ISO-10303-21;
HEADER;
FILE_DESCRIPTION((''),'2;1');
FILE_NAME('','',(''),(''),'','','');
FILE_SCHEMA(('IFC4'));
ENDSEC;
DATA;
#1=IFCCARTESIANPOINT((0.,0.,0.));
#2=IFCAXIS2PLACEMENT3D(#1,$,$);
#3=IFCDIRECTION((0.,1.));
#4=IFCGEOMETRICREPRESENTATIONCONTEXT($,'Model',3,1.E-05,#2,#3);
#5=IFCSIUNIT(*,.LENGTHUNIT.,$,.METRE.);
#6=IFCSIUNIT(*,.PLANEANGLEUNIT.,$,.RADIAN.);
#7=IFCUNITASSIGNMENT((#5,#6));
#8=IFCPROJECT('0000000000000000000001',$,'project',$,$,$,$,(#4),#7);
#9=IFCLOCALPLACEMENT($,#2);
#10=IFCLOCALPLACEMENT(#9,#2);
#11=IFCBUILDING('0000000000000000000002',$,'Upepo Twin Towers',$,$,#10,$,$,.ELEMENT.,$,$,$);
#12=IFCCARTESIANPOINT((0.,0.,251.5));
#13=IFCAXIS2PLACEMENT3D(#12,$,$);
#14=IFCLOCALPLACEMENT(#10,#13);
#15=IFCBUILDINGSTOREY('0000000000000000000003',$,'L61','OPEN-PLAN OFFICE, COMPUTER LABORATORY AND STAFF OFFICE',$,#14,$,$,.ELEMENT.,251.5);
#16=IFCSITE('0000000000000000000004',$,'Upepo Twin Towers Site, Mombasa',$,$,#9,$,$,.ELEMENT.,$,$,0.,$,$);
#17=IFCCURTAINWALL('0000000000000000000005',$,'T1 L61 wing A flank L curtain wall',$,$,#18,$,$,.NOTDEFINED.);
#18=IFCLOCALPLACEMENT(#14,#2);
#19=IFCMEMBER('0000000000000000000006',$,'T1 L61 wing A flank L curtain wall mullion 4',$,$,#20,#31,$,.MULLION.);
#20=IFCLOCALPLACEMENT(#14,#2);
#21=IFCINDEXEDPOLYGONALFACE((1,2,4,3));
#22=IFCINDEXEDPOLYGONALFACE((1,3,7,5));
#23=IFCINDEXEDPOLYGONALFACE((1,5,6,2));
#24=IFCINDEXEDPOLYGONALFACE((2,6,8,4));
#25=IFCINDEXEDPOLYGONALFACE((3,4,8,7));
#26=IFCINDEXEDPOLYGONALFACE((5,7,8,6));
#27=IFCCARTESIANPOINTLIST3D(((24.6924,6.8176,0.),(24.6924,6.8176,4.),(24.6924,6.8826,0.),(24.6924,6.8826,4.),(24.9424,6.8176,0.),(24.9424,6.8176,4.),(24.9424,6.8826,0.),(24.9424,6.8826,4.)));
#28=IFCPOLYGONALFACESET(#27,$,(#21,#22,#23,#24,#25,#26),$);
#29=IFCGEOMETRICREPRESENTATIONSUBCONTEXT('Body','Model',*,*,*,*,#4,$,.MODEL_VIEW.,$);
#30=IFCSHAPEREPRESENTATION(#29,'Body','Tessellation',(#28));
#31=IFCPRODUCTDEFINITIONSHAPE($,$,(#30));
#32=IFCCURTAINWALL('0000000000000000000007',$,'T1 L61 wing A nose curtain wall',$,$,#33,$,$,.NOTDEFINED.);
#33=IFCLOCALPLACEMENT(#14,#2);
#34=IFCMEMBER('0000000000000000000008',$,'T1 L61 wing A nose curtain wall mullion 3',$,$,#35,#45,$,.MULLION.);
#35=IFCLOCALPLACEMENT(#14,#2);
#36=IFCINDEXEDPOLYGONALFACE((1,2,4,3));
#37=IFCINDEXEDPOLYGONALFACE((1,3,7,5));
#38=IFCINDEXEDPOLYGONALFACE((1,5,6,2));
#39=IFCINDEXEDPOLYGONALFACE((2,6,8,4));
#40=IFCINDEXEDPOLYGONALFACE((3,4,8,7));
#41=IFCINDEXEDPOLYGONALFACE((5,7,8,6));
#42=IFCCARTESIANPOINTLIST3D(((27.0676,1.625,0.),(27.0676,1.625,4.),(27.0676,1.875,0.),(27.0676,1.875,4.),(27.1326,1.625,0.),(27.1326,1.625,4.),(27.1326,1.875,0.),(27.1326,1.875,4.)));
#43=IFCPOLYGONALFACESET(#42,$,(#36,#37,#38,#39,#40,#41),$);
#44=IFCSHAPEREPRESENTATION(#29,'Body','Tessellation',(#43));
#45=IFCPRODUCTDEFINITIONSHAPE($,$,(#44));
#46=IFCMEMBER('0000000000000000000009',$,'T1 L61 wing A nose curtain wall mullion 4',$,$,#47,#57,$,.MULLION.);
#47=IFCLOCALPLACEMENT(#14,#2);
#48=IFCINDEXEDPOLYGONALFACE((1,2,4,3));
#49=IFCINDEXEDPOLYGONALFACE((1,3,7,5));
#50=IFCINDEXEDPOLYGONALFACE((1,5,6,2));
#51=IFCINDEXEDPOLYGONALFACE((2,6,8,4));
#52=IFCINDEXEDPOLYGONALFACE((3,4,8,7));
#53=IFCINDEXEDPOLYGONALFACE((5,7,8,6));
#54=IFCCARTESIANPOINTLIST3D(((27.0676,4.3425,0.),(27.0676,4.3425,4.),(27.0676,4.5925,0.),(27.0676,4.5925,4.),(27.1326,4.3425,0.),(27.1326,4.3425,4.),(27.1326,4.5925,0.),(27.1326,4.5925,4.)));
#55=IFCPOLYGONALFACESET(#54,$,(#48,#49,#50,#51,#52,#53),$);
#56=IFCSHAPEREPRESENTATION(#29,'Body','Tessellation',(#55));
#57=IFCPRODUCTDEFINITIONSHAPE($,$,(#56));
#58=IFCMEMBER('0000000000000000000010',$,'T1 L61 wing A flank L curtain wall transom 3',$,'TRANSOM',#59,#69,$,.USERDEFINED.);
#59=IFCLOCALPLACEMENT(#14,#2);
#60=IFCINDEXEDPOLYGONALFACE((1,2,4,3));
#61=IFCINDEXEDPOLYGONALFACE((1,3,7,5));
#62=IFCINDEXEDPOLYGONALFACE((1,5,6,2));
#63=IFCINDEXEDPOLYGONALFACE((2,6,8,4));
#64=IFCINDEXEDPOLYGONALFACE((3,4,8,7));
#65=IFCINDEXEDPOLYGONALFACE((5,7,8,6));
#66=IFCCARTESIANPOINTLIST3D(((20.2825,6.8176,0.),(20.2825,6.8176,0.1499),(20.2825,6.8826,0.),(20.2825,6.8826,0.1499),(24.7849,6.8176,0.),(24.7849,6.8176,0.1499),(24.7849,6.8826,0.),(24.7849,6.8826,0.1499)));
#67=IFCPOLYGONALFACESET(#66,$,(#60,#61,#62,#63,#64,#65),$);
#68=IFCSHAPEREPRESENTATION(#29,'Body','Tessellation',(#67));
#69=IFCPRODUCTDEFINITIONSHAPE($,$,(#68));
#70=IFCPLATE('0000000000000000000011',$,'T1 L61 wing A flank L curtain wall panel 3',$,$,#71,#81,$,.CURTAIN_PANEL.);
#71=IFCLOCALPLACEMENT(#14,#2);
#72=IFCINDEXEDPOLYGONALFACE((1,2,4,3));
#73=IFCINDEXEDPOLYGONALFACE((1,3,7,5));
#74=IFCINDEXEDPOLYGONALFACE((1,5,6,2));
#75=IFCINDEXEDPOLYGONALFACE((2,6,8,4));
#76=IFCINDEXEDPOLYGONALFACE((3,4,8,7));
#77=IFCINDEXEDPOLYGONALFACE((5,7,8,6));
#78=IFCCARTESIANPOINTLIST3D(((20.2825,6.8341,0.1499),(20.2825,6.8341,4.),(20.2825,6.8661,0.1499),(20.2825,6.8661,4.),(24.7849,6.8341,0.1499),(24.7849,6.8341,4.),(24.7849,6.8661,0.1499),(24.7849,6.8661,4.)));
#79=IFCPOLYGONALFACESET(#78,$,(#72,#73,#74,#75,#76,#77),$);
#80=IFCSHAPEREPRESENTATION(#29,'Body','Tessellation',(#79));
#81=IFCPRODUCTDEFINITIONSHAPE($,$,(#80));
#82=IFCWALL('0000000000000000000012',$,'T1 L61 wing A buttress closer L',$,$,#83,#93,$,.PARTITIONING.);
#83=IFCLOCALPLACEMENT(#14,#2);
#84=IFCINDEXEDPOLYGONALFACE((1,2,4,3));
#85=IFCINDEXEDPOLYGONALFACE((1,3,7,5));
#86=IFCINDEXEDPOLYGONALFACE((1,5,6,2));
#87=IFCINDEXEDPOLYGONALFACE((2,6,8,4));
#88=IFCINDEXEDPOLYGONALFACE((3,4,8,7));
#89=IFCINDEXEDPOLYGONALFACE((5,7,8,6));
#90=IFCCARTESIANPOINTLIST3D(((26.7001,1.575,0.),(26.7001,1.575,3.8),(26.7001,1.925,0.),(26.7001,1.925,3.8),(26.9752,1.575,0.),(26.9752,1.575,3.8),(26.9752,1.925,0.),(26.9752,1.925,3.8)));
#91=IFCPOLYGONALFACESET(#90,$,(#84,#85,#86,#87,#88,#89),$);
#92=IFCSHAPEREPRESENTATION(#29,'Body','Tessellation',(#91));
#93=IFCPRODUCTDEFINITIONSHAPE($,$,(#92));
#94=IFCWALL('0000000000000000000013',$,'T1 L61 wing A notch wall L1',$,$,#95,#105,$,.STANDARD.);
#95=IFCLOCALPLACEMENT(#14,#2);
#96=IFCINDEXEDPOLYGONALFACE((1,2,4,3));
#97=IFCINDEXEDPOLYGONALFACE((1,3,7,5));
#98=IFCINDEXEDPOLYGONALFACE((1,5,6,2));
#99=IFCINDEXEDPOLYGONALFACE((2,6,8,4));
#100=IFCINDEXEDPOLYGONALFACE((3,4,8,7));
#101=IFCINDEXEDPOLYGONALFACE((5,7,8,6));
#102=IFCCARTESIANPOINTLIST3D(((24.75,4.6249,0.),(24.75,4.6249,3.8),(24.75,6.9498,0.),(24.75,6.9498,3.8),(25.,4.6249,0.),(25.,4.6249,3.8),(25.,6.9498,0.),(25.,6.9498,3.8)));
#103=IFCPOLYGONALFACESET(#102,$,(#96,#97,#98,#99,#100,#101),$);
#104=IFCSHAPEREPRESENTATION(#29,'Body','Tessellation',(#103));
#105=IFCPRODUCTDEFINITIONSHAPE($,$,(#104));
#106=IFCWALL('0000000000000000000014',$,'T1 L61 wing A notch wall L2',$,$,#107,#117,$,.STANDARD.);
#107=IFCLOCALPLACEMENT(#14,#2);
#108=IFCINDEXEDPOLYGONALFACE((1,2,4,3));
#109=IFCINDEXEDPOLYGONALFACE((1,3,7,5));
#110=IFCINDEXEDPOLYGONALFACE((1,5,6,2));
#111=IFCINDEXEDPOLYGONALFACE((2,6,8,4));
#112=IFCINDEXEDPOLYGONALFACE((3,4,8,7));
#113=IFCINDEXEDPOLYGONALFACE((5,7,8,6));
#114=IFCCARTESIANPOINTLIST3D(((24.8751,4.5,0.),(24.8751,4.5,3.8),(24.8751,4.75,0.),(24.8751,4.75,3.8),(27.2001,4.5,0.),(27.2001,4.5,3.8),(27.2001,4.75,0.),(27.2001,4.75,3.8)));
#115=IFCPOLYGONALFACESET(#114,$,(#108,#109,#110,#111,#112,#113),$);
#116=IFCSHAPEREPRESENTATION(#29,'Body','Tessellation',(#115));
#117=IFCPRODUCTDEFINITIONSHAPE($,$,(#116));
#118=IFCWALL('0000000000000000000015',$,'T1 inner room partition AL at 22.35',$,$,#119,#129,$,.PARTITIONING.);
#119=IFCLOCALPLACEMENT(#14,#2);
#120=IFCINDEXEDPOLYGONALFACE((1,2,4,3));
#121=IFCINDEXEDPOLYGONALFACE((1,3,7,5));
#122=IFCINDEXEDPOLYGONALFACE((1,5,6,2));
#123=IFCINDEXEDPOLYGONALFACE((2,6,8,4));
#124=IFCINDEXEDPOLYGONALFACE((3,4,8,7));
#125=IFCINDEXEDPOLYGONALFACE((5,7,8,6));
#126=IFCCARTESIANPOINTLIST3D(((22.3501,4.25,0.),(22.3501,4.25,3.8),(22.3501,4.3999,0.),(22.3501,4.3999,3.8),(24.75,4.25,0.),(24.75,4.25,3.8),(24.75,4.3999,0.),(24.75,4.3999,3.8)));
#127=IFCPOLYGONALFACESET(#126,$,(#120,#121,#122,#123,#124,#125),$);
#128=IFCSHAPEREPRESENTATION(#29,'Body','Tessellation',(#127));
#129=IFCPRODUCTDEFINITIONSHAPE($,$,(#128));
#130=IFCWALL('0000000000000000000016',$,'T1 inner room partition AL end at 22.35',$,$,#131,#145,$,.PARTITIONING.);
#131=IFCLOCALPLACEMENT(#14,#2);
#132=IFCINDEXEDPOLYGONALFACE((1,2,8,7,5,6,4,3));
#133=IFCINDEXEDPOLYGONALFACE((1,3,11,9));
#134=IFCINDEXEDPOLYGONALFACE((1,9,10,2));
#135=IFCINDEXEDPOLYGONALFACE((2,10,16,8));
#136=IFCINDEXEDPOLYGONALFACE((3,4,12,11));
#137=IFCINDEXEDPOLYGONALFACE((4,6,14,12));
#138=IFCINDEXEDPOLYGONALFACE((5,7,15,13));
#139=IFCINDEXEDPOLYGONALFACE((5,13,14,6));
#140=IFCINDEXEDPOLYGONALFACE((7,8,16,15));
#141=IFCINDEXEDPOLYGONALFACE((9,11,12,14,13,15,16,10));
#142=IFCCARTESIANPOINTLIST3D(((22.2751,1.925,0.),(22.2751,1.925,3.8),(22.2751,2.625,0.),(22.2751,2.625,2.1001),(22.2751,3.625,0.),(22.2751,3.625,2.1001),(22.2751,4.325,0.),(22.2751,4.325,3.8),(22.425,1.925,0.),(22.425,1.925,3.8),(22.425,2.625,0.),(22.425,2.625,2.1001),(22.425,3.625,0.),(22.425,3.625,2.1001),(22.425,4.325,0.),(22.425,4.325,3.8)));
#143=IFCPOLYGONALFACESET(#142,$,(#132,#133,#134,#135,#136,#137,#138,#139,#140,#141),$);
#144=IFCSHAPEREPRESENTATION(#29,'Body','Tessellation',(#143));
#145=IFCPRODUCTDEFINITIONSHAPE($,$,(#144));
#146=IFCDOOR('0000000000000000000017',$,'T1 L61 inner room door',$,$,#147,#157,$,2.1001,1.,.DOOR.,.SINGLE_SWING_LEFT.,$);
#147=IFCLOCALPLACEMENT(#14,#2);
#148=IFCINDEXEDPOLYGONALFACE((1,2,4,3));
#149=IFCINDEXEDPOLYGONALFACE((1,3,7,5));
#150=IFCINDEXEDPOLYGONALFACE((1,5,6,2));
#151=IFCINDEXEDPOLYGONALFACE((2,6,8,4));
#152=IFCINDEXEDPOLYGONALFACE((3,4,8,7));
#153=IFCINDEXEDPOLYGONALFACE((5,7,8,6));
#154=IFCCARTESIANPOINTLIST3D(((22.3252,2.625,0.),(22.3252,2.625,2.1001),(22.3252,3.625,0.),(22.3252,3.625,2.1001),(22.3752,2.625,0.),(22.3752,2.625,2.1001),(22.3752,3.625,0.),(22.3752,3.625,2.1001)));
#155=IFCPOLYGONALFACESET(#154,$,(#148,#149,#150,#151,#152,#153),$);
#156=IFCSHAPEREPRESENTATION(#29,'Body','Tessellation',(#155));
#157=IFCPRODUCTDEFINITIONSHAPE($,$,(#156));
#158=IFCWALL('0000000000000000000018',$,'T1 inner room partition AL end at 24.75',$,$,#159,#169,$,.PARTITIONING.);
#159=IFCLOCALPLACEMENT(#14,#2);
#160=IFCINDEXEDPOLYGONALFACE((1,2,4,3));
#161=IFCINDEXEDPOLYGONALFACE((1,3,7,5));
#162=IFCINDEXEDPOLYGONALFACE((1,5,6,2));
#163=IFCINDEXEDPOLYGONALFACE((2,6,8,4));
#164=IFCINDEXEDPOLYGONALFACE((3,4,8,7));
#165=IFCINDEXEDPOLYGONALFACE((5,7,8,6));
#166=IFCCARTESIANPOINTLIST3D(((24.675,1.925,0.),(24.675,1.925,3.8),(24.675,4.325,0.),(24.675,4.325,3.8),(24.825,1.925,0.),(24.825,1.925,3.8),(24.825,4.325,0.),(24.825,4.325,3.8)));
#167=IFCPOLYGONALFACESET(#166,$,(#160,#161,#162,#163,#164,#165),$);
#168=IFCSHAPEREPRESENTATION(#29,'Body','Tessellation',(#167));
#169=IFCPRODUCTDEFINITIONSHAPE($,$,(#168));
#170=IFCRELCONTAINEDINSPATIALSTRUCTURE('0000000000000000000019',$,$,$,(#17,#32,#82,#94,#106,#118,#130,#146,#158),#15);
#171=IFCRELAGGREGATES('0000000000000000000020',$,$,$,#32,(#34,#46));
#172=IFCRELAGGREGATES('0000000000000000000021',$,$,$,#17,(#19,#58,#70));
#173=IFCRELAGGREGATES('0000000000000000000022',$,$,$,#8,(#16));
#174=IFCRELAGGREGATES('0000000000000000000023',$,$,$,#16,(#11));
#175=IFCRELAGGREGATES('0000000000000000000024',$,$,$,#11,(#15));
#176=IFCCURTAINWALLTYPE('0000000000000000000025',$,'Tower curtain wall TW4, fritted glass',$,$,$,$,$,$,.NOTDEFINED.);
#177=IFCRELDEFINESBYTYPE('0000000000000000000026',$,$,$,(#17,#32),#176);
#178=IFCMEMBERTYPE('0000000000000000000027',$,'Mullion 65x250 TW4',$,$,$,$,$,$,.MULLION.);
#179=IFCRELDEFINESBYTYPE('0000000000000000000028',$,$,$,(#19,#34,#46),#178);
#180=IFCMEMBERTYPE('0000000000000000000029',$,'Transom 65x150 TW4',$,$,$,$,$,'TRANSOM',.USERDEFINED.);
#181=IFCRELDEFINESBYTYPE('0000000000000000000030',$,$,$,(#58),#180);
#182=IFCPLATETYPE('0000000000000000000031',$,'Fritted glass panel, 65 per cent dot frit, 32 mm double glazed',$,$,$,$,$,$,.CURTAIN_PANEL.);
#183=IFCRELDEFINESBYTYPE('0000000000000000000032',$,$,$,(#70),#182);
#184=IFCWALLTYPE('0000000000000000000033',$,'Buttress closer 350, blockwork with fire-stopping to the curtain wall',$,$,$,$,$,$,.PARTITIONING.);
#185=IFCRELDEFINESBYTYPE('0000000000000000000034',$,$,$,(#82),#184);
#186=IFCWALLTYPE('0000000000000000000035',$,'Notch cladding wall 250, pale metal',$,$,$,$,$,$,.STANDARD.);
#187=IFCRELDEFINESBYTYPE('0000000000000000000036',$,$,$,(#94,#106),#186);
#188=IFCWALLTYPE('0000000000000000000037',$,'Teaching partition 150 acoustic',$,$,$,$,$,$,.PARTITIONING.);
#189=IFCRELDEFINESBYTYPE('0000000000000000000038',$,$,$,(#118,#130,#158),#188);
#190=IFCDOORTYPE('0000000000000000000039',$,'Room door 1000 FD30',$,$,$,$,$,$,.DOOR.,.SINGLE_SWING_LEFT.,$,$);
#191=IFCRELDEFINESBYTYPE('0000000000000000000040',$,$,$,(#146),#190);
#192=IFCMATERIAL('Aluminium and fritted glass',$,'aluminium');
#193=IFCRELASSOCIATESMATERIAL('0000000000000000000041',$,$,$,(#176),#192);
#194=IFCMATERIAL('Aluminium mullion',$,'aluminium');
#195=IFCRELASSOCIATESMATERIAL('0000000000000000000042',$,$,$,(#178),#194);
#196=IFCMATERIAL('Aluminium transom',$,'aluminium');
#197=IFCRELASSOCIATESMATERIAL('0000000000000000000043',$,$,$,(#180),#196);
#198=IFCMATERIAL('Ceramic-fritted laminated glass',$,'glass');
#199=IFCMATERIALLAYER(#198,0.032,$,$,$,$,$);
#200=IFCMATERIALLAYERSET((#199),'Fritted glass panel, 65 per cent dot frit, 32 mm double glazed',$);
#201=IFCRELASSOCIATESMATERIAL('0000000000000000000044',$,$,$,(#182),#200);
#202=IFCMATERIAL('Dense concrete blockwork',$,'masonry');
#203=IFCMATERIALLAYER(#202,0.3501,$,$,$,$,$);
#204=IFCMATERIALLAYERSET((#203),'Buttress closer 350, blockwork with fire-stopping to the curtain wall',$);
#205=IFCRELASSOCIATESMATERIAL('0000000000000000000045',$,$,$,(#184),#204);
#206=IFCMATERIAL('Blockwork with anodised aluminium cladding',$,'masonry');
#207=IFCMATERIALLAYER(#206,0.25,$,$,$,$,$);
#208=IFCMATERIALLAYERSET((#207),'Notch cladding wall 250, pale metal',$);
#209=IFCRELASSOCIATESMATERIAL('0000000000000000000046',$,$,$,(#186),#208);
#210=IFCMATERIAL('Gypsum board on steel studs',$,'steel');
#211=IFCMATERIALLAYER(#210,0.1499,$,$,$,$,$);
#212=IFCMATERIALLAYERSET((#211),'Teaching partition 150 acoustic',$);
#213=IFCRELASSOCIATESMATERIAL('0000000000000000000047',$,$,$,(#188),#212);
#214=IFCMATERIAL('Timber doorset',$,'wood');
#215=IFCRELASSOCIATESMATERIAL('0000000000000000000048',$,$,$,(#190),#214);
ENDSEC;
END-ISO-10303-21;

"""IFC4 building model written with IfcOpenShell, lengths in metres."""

from ifc_helpers import new_model, si_unit, direction, frame, frame_2d, origin, origin_2d, place, context, subcontext, project, spatial, rectangle, extrude, material, layer, layer_set, material_profile, profile_set, type_object, element, fill, aggregate, save


model = new_model("IFC4")

# Units and contexts
model_context = context("Model", 3, precision=1e-05, world=origin(), true_north=direction((0.0, 1.0)))
body_context = subcontext(model_context, "Body", "Model", "MODEL_VIEW")
ifc_project = project(units=[si_unit("LENGTHUNIT", "METRE"), si_unit("PLANEANGLEUNIT", "RADIAN")], contexts=[model_context])

# Site, building, storey
site_placement = place(None, origin())
site = spatial("IfcSite", under=ifc_project, at=site_placement, Name="Upepo Twin Towers Site, Mombasa", CompositionType="ELEMENT", RefElevation=0.0)
building_placement = place(site_placement, origin())
building = spatial("IfcBuilding", under=site, at=building_placement, Name="Upepo Twin Towers", CompositionType="ELEMENT")
storey_placement = place(building_placement, frame((0.0, 0.0, 251.5)))
storey = spatial("IfcBuildingStorey", under=building, at=storey_placement, Name="L61", Description="OPEN-PLAN OFFICE, COMPUTER LABORATORY AND STAFF OFFICE", CompositionType="ELEMENT", Elevation=251.5)

# Curtain walls, members
ifc_material_1 = material(Name="Aluminium and fritted glass", Category="aluminium")
curtain_wall_type = type_object("IfcCurtainWallType", Name="Tower curtain wall TW4, fritted glass", PredefinedType="NOTDEFINED", material=ifc_material_1)
curtain_wall_1_placement = place(storey_placement, origin())
curtain_wall_1 = element("IfcCurtainWall", 1, at=curtain_wall_1_placement, inside=storey, type_object=curtain_wall_type, Name="T1 L61 wing A flank L curtain wall", PredefinedType="NOTDEFINED")
ifc_material_2 = material(Name="Aluminium mullion", Category="aluminium")
ifc_material_profile_1 = material_profile(ifc_material_2, rectangle(XDim=0.0649, YDim=0.25, at=origin_2d()), Name="MULLION 65x250")
ifc_profile_set_1 = profile_set([ifc_material_profile_1], Name="Aluminium mullion")
member_type_1 = type_object("IfcMemberType", Name="Mullion 65x250 TW4", PredefinedType="MULLION", material=ifc_profile_set_1)
member_1_placement = place(storey_placement, frame((24.8174, 6.8501, 0.0), z_axis=(0.0, 0.0, 1.0), x_axis=(0.0, 1.0, 0.0)))
member_1 = element("IfcMember", 2, at=member_1_placement, type_object=member_type_1, Name="T1 L61 wing A flank L curtain wall mullion 4", PredefinedType="MULLION", context=body_context, shape_type="SweptSolid", body=[
    extrude(rectangle(XDim=0.0649, YDim=0.25, at=origin_2d()), origin(), (0.0, 0.0, 1.0), 4.0),
])
curtain_wall_2_placement = place(storey_placement, origin())
curtain_wall_2 = element("IfcCurtainWall", 3, at=curtain_wall_2_placement, inside=storey, type_object=curtain_wall_type, Name="T1 L61 wing A nose curtain wall", PredefinedType="NOTDEFINED")
member_2_placement = place(storey_placement, frame((27.1001, 1.75, 0.0), z_axis=(0.0, 0.0, 1.0), x_axis=(-1.0, 0.0, 0.0)))
member_2 = element("IfcMember", 4, at=member_2_placement, type_object=member_type_1, Name="T1 L61 wing A nose curtain wall mullion 3", PredefinedType="MULLION", context=body_context, shape_type="SweptSolid", body=[
    extrude(rectangle(XDim=0.0649, YDim=0.25, at=origin_2d()), origin(), (0.0, 0.0, 1.0), 4.0),
])
member_3_placement = place(storey_placement, frame((27.1001, 4.4675, 0.0), z_axis=(0.0, 0.0, 1.0), x_axis=(-1.0, 0.0, 0.0)))
member_3 = element("IfcMember", 5, at=member_3_placement, type_object=member_type_1, Name="T1 L61 wing A nose curtain wall mullion 4", PredefinedType="MULLION", context=body_context, shape_type="SweptSolid", body=[
    extrude(rectangle(XDim=0.0649, YDim=0.25, at=origin_2d()), origin(), (0.0, 0.0, 1.0), 4.0),
])
aggregate(curtain_wall_2, [member_2, member_3])

# Member
ifc_material_3 = material(Name="Aluminium transom", Category="aluminium")
ifc_material_profile_2 = material_profile(ifc_material_3, rectangle(XDim=0.0649, YDim=0.1499, at=origin_2d()), Name="TRANSOM 65x150")
ifc_profile_set_2 = profile_set([ifc_material_profile_2], Name="Aluminium transom")
member_type_2 = type_object("IfcMemberType", Name="Transom 65x150 TW4", ElementType="TRANSOM", PredefinedType="USERDEFINED", material=ifc_profile_set_2)
member_4_placement = place(storey_placement, frame((20.2825, 6.8501, 0.075), z_axis=(1.0, 0.0, 0.0), x_axis=(0.0, 1.0, 0.0)))
member_4 = element("IfcMember", 6, at=member_4_placement, type_object=member_type_2, Name="T1 L61 wing A flank L curtain wall transom 3", ObjectType="TRANSOM", PredefinedType="USERDEFINED", context=body_context, shape_type="SweptSolid", body=[
    extrude(rectangle(XDim=0.0649, YDim=0.1499, at=origin_2d()), origin(), (0.0, 0.0, 1.0), 4.5024),
])

# Plate
ifc_material_4 = material(Name="Ceramic-fritted laminated glass", Category="glass")
ifc_layer_1 = layer(ifc_material_4, 0.032)
ifc_layer_set_1 = layer_set([ifc_layer_1], Name="Fritted glass panel, 65 per cent dot frit, 32 mm double glazed")
plate_type = type_object("IfcPlateType", Name="Fritted glass panel, 65 per cent dot frit, 32 mm double glazed", PredefinedType="CURTAIN_PANEL", material=ifc_layer_set_1)
plate_placement = place(storey_placement, frame((22.5337, 6.8501, 0.1499), z_axis=(0.0, 0.0, 1.0), x_axis=(1.0, 0.0, 0.0)))
plate = element("IfcPlate", 7, at=plate_placement, type_object=plate_type, Name="T1 L61 wing A flank L curtain wall panel 3", PredefinedType="CURTAIN_PANEL", context=body_context, shape_type="SweptSolid", body=[
    extrude(rectangle(XDim=4.5024, YDim=0.032, at=origin_2d()), origin(), (0.0, 0.0, 1.0), 3.8501),
])
aggregate(curtain_wall_1, [member_1, member_4, plate])

# Walls
ifc_material_5 = material(Name="Dense concrete blockwork", Category="masonry")
ifc_layer_2 = layer(ifc_material_5, 0.3501)
ifc_layer_set_2 = layer_set([ifc_layer_2], Name="Buttress closer 350, blockwork with fire-stopping to the curtain wall")
wall_type_1 = type_object("IfcWallType", Name="Buttress closer 350, blockwork with fire-stopping to the curtain wall", PredefinedType="PARTITIONING", material=ifc_layer_set_2)
wall_1_placement = place(storey_placement, frame((26.7, 1.75, 0.0), z_axis=(0.0, 0.0, 1.0), x_axis=(1.0, 0.0, 0.0)))
element("IfcWall", 8, at=wall_1_placement, inside=storey, type_object=wall_type_1, Name="T1 L61 wing A buttress closer L", PredefinedType="PARTITIONING", context=body_context, shape_type="SweptSolid", body=[
    extrude(rectangle(XDim=0.2751, YDim=0.3501, at=frame_2d((0.1377, 0.0))), origin(), (0.0, 0.0, 1.0), 3.8),
])
ifc_material_6 = material(Name="Blockwork with anodised aluminium cladding", Category="masonry")
ifc_layer_3 = layer(ifc_material_6, 0.25)
ifc_layer_set_3 = layer_set([ifc_layer_3], Name="Notch cladding wall 250, pale metal")
wall_type_2 = type_object("IfcWallType", Name="Notch cladding wall 250, pale metal", PredefinedType="STANDARD", material=ifc_layer_set_3)
for number, where, z_axis, x_axis, name in (
    (9, (24.875, 6.95, 0.0), (0.0, 0.0, 1.0), (0.0, -1.0, 0.0), "T1 L61 wing A notch wall L1"),
    (10, (24.875, 4.625, 0.0), (0.0, 0.0, 1.0), (1.0, 0.0, 0.0), "T1 L61 wing A notch wall L2"),
):
    element("IfcWall", number, at=place(storey_placement, frame(where, z_axis=z_axis, x_axis=x_axis)), inside=storey, type_object=wall_type_2, Name=name, PredefinedType="STANDARD", context=body_context, shape_type="SweptSolid", body=[
        extrude(rectangle(XDim=2.325, YDim=0.25, at=frame_2d((1.1626, 0.0))), origin(), (0.0, 0.0, 1.0), 3.8),
    ])
ifc_material_7 = material(Name="Gypsum board on steel studs", Category="steel")
ifc_layer_4 = layer(ifc_material_7, 0.1499)
ifc_layer_set_4 = layer_set([ifc_layer_4], Name="Teaching partition 150 acoustic")
wall_type_3 = type_object("IfcWallType", Name="Teaching partition 150 acoustic", PredefinedType="PARTITIONING", material=ifc_layer_set_4)
wall_2_placement = place(storey_placement, frame((22.3501, 4.325, 0.0), z_axis=(0.0, 0.0, 1.0), x_axis=(1.0, 0.0, 0.0)))
element("IfcWall", 11, at=wall_2_placement, inside=storey, type_object=wall_type_3, Name="T1 inner room partition AL at 22.35", PredefinedType="PARTITIONING", context=body_context, shape_type="SweptSolid", body=[
    extrude(rectangle(XDim=2.3999, YDim=0.1499, at=frame_2d((1.2, 0.0))), origin(), (0.0, 0.0, 1.0), 3.8),
])

# Wall, opening, door
wall_3_placement = place(storey_placement, frame((22.3501, 1.925, 0.0), z_axis=(0.0, 0.0, 1.0), x_axis=(0.0, 1.0, 0.0)))
wall_3 = element("IfcWall", 12, at=wall_3_placement, inside=storey, type_object=wall_type_3, Name="T1 inner room partition AL end at 22.35", PredefinedType="PARTITIONING", context=body_context, shape_type="SweptSolid", body=[
    extrude(rectangle(XDim=2.3999, YDim=0.1499, at=frame_2d((1.2, 0.0))), origin(), (0.0, 0.0, 1.0), 3.8),
])
opening_1_placement = place(wall_3_placement, frame((0.7, 0.0, 0.0)))
opening_1 = element("IfcOpeningElement", 13, at=opening_1_placement, cuts=wall_3, PredefinedType="OPENING", context=body_context, shape_type="SweptSolid", body=[
    extrude(rectangle(XDim=1.0, YDim=2.1001, at=frame_2d((0.5, 1.05))), frame((0.0, 0.085, 0.0), z_axis=(0.0, -1.0, 0.0), x_axis=(1.0, 0.0, 0.0)), (0.0, 0.0, 1.0), 0.1699),
])
ifc_material_8 = material(Name="Timber doorset", Category="wood")
door_type = type_object("IfcDoorType", Name="Room door 1000 FD30", OperationType="SINGLE_SWING_LEFT", PredefinedType="DOOR", material=ifc_material_8)
door_1_placement = place(opening_1_placement, origin())
door_1 = element("IfcDoor", 14, at=door_1_placement, inside=storey, type_object=door_type, Name="T1 L61 inner room door", OperationType="SINGLE_SWING_LEFT", OverallHeight=2.1001, OverallWidth=1.0, PredefinedType="DOOR", context=body_context, shape_type="SweptSolid", body=[
    extrude(rectangle(XDim=1.0, YDim=2.1001, at=frame_2d((0.5, 1.05))), frame((0.0, 0.0249, 0.0), z_axis=(0.0, -1.0, 0.0), x_axis=(1.0, 0.0, 0.0)), (0.0, 0.0, 1.0), 0.05),
])
fill(opening_1, door_1)

# Wall
wall_4_placement = place(storey_placement, frame((24.75, 1.925, 0.0), z_axis=(0.0, 0.0, 1.0), x_axis=(0.0, 1.0, 0.0)))
element("IfcWall", 15, at=wall_4_placement, inside=storey, type_object=wall_type_3, Name="T1 inner room partition AL end at 24.75", PredefinedType="PARTITIONING", context=body_context, shape_type="SweptSolid", body=[
    extrude(rectangle(XDim=2.3999, YDim=0.1499, at=frame_2d((1.2, 0.0))), origin(), (0.0, 0.0, 1.0), 3.8),
])

save(model, "model.ifc")
